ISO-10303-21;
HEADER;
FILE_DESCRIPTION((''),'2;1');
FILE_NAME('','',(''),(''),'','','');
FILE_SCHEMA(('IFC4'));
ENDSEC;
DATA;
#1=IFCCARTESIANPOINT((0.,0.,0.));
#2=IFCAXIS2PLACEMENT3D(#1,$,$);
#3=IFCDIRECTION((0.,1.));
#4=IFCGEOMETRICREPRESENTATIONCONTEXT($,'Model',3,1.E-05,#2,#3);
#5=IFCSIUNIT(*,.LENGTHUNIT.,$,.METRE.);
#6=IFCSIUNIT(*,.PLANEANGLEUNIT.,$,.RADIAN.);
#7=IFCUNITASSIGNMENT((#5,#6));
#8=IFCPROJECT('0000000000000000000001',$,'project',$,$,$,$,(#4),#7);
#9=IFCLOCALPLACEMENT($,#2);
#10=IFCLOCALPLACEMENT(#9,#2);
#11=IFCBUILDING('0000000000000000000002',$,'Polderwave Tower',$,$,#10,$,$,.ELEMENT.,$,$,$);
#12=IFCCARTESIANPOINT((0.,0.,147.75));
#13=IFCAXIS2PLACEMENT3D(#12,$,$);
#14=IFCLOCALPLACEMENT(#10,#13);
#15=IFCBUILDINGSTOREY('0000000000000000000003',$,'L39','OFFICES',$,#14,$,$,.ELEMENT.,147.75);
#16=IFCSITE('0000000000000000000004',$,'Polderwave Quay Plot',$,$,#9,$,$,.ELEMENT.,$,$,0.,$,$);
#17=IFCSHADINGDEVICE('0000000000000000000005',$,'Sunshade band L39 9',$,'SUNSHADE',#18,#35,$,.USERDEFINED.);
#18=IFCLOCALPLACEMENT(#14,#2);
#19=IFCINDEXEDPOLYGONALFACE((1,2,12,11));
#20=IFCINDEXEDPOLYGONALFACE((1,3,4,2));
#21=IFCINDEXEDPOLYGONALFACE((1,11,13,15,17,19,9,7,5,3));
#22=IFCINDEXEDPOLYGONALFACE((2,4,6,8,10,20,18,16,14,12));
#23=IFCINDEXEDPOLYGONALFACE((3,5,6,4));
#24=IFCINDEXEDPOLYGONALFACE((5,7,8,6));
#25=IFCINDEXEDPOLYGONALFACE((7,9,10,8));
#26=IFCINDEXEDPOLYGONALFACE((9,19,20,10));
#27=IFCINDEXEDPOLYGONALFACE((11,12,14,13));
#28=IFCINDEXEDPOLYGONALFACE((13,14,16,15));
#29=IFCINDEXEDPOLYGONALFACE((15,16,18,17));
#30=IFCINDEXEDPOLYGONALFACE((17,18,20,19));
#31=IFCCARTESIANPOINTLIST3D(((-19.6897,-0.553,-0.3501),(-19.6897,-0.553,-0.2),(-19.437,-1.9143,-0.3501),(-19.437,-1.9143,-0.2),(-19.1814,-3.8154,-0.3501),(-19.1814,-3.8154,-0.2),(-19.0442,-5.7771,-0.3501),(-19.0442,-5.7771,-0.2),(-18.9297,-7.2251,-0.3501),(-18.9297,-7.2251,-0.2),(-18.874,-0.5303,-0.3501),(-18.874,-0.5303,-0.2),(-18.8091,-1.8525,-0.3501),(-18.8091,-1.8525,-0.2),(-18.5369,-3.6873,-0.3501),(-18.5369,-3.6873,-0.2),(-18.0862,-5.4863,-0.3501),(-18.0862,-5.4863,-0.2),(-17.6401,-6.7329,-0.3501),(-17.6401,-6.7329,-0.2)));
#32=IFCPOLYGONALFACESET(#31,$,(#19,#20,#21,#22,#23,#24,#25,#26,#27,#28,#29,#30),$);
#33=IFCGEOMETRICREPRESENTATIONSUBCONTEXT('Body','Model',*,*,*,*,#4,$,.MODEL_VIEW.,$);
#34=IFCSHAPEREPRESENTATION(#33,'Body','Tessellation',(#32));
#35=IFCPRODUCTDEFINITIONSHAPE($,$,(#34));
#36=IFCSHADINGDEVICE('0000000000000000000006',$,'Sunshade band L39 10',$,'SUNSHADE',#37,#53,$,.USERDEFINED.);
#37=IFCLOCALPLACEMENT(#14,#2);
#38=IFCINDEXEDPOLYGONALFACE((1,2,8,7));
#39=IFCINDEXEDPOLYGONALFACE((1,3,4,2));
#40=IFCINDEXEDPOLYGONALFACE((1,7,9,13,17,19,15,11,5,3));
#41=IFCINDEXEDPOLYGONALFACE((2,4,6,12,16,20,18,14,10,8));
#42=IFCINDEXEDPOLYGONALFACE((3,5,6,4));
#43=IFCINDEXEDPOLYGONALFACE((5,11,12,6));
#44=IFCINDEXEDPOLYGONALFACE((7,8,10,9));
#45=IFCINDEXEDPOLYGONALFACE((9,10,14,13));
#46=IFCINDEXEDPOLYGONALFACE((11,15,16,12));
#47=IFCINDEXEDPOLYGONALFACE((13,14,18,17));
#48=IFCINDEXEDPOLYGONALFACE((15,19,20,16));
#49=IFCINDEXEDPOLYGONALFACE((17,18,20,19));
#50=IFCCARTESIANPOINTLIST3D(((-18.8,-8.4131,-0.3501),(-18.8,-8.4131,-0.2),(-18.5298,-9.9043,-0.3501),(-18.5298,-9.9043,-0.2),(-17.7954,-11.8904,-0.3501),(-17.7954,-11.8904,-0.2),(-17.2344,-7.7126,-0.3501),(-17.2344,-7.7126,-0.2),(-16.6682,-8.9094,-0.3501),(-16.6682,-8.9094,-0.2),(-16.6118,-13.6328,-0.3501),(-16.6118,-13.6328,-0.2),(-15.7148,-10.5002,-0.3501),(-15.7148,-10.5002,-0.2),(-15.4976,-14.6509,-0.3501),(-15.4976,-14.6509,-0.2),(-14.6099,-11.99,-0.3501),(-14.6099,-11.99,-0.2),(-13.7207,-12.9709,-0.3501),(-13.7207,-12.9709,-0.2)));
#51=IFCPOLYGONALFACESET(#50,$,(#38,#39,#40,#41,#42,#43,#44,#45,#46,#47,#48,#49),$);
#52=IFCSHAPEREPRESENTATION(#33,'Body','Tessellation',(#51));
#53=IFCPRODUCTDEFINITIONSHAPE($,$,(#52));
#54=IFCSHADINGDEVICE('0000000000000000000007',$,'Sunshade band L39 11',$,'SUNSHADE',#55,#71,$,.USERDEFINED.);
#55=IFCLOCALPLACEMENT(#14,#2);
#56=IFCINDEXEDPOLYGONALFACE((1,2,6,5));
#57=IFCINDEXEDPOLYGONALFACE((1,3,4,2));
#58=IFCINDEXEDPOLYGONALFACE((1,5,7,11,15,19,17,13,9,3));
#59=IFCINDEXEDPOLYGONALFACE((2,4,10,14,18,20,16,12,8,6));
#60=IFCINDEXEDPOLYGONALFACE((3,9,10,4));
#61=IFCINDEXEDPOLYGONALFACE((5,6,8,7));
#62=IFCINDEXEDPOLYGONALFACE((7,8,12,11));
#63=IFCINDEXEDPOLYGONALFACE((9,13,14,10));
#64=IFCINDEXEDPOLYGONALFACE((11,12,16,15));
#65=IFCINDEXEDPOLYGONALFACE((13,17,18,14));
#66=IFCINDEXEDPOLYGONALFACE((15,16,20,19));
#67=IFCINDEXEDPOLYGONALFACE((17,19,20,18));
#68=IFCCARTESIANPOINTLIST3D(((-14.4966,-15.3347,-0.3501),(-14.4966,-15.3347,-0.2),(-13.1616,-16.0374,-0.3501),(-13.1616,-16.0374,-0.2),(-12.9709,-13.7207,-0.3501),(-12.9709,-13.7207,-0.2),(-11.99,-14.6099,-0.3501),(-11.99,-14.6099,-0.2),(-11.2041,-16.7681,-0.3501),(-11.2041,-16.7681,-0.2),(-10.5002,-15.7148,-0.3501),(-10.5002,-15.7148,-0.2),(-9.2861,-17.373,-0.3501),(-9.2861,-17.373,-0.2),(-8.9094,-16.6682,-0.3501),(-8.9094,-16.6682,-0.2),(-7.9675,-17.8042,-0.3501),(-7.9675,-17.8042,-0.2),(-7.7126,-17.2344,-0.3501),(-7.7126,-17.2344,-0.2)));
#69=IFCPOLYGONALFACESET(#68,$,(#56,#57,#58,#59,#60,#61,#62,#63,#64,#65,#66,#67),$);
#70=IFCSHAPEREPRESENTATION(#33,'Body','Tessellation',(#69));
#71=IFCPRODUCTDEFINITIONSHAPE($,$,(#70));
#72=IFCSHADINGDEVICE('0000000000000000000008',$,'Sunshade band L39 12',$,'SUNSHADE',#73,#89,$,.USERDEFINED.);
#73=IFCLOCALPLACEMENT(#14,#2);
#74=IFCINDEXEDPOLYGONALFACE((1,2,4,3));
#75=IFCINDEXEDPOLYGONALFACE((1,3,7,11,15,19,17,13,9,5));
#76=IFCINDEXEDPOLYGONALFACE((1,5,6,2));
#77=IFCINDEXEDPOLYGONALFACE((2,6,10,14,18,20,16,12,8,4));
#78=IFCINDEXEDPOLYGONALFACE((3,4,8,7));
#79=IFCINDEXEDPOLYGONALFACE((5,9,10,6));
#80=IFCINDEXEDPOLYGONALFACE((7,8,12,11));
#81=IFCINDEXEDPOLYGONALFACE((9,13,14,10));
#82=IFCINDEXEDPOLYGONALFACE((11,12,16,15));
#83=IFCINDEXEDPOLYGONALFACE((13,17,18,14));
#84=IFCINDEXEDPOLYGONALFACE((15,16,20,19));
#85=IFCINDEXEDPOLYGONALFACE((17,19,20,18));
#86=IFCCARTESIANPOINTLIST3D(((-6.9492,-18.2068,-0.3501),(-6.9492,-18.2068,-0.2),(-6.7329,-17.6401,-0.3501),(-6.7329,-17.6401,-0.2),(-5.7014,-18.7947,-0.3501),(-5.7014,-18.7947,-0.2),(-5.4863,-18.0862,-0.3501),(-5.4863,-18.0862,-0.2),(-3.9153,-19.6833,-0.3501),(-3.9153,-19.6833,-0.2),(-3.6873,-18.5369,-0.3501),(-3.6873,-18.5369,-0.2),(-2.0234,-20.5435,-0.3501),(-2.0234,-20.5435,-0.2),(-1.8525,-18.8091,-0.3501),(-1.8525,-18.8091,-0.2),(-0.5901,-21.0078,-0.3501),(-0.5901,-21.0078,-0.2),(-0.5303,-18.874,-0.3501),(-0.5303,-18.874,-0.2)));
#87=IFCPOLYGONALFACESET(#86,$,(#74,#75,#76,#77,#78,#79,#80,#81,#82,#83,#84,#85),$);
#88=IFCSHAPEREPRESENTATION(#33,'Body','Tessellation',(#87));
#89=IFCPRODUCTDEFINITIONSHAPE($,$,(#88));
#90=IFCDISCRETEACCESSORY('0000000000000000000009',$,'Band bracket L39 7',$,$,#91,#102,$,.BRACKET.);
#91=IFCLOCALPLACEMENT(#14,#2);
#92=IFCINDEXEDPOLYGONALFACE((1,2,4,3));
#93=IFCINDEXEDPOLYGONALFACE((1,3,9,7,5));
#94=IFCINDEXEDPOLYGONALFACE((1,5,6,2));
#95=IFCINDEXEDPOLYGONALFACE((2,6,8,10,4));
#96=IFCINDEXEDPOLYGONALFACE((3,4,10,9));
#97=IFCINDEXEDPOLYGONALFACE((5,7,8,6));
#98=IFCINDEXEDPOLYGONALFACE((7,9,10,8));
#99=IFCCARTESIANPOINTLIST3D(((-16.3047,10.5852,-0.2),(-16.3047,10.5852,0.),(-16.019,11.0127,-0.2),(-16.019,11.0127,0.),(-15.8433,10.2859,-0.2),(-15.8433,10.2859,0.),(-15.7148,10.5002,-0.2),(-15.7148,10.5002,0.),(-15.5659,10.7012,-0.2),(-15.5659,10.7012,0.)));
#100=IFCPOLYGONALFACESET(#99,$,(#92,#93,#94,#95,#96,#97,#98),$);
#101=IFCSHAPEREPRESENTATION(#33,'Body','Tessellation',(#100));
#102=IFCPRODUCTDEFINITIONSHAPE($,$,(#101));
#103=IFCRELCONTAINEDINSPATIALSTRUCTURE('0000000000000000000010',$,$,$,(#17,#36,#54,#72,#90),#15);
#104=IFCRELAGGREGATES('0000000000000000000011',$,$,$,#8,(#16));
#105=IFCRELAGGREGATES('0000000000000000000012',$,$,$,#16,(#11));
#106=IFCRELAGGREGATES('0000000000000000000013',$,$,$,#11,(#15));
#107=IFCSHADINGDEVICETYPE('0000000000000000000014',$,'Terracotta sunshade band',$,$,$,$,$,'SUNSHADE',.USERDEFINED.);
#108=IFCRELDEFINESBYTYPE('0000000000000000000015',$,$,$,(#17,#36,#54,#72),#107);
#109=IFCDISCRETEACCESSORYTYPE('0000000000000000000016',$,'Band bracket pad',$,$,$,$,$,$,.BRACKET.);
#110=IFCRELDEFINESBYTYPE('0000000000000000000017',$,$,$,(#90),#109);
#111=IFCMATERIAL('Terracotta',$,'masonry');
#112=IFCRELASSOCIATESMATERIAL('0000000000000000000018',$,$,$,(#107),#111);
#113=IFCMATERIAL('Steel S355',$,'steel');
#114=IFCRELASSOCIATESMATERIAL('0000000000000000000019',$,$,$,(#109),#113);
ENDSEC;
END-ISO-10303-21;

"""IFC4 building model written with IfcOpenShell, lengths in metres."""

from ifc_helpers import new_model, si_unit, direction, frame, origin, place, context, subcontext, project, spatial, polyline, outline, extrude, material, type_object, element, save


model = new_model("IFC4")

# Units and contexts
model_context = context("Model", 3, precision=1e-05, world=origin(), true_north=direction((0.0, 1.0)))
body_context = subcontext(model_context, "Body", "Model", "MODEL_VIEW")
ifc_project = project(units=[si_unit("LENGTHUNIT", "METRE"), si_unit("PLANEANGLEUNIT", "RADIAN")], contexts=[model_context])

# Site, building, storey
site_placement = place(None, origin())
site = spatial("IfcSite", under=ifc_project, at=site_placement, Name="Polderwave Quay Plot", CompositionType="ELEMENT", RefElevation=0.0)
building_placement = place(site_placement, origin())
building = spatial("IfcBuilding", under=site, at=building_placement, Name="Polderwave Tower", CompositionType="ELEMENT")
storey_placement = place(building_placement, frame((0.0, 0.0, 147.75)))
storey = spatial("IfcBuildingStorey", under=building, at=storey_placement, Name="L39", Description="OFFICES", CompositionType="ELEMENT", Elevation=147.75)

# Shading devices
ifc_material_1 = material(Name="Terracotta", Category="masonry")
shading_device_type = type_object("IfcShadingDeviceType", Name="Terracotta sunshade band", ElementType="SUNSHADE", PredefinedType="USERDEFINED", material=ifc_material_1)
shading_device_1_placement = place(storey_placement, frame((0.0, 0.0, -0.3501)))
element("IfcShadingDevice", 1, at=shading_device_1_placement, inside=storey, type_object=shading_device_type, Name="Sunshade band L39 9", ObjectType="SUNSHADE", PredefinedType="USERDEFINED", context=body_context, shape_type="SweptSolid", body=[
    extrude(outline(polyline([(-18.874, -0.5303), (-18.8091, -1.8525), (-18.5369, -3.6873), (-18.0862, -5.4863), (-17.6401, -6.7329), (-18.9297, -7.2251), (-19.0442, -5.7771), (-19.1814, -3.8154), (-19.437, -1.9143), (-19.6897, -0.553), (-18.874, -0.5303)])), origin(), (0.0, 0.0, 1.0), 0.1501),
])
shading_device_2_placement = place(storey_placement, frame((0.0, 0.0, -0.3501)))
element("IfcShadingDevice", 2, at=shading_device_2_placement, inside=storey, type_object=shading_device_type, Name="Sunshade band L39 10", ObjectType="SUNSHADE", PredefinedType="USERDEFINED", context=body_context, shape_type="SweptSolid", body=[
    extrude(outline(polyline([(-17.2344, -7.7126), (-16.6682, -8.9094), (-15.7148, -10.5002), (-14.6099, -11.99), (-13.7207, -12.9709), (-15.4976, -14.6509), (-16.6118, -13.6328), (-17.7954, -11.8904), (-18.5298, -9.9043), (-18.8, -8.4131), (-17.2344, -7.7126)])), origin(), (0.0, 0.0, 1.0), 0.1501),
])
shading_device_3_placement = place(storey_placement, frame((0.0, 0.0, -0.3501)))
element("IfcShadingDevice", 3, at=shading_device_3_placement, inside=storey, type_object=shading_device_type, Name="Sunshade band L39 11", ObjectType="SUNSHADE", PredefinedType="USERDEFINED", context=body_context, shape_type="SweptSolid", body=[
    extrude(outline(polyline([(-12.9709, -13.7207), (-11.99, -14.6099), (-10.5002, -15.7148), (-8.9094, -16.6682), (-7.7126, -17.2344), (-7.9675, -17.8042), (-9.2861, -17.373), (-11.2041, -16.7681), (-13.1616, -16.0374), (-14.4966, -15.3347), (-12.9709, -13.7207)])), origin(), (0.0, 0.0, 1.0), 0.1501),
])
shading_device_4_placement = place(storey_placement, frame((0.0, 0.0, -0.3501)))
element("IfcShadingDevice", 4, at=shading_device_4_placement, inside=storey, type_object=shading_device_type, Name="Sunshade band L39 12", ObjectType="SUNSHADE", PredefinedType="USERDEFINED", context=body_context, shape_type="SweptSolid", body=[
    extrude(outline(polyline([(-6.7329, -17.6401), (-5.4863, -18.0862), (-3.6873, -18.5369), (-1.8525, -18.8091), (-0.5303, -18.874), (-0.5901, -21.0078), (-2.0234, -20.5435), (-3.9153, -19.6833), (-5.7014, -18.7947), (-6.9492, -18.2068), (-6.7329, -17.6401)])), origin(), (0.0, 0.0, 1.0), 0.1501),
])

# Discrete accessory
ifc_material_2 = material(Name="Steel S355", Category="steel")
discrete_accessory_type = type_object("IfcDiscreteAccessoryType", Name="Band bracket pad", PredefinedType="BRACKET", material=ifc_material_2)
discrete_accessory_placement = place(storey_placement, frame((0.0, 0.0, -0.2)))
element("IfcDiscreteAccessory", 5, at=discrete_accessory_placement, inside=storey, type_object=discrete_accessory_type, Name="Band bracket L39 7", PredefinedType="BRACKET", context=body_context, shape_type="SweptSolid", body=[
    extrude(outline(polyline([(-15.5659, 10.7012), (-15.7148, 10.5002), (-15.8433, 10.2859), (-16.3047, 10.5852), (-16.019, 11.0127), (-15.5659, 10.7012)])), origin(), (0.0, 0.0, 1.0), 0.2),
])

save(model, "model.ifc")
